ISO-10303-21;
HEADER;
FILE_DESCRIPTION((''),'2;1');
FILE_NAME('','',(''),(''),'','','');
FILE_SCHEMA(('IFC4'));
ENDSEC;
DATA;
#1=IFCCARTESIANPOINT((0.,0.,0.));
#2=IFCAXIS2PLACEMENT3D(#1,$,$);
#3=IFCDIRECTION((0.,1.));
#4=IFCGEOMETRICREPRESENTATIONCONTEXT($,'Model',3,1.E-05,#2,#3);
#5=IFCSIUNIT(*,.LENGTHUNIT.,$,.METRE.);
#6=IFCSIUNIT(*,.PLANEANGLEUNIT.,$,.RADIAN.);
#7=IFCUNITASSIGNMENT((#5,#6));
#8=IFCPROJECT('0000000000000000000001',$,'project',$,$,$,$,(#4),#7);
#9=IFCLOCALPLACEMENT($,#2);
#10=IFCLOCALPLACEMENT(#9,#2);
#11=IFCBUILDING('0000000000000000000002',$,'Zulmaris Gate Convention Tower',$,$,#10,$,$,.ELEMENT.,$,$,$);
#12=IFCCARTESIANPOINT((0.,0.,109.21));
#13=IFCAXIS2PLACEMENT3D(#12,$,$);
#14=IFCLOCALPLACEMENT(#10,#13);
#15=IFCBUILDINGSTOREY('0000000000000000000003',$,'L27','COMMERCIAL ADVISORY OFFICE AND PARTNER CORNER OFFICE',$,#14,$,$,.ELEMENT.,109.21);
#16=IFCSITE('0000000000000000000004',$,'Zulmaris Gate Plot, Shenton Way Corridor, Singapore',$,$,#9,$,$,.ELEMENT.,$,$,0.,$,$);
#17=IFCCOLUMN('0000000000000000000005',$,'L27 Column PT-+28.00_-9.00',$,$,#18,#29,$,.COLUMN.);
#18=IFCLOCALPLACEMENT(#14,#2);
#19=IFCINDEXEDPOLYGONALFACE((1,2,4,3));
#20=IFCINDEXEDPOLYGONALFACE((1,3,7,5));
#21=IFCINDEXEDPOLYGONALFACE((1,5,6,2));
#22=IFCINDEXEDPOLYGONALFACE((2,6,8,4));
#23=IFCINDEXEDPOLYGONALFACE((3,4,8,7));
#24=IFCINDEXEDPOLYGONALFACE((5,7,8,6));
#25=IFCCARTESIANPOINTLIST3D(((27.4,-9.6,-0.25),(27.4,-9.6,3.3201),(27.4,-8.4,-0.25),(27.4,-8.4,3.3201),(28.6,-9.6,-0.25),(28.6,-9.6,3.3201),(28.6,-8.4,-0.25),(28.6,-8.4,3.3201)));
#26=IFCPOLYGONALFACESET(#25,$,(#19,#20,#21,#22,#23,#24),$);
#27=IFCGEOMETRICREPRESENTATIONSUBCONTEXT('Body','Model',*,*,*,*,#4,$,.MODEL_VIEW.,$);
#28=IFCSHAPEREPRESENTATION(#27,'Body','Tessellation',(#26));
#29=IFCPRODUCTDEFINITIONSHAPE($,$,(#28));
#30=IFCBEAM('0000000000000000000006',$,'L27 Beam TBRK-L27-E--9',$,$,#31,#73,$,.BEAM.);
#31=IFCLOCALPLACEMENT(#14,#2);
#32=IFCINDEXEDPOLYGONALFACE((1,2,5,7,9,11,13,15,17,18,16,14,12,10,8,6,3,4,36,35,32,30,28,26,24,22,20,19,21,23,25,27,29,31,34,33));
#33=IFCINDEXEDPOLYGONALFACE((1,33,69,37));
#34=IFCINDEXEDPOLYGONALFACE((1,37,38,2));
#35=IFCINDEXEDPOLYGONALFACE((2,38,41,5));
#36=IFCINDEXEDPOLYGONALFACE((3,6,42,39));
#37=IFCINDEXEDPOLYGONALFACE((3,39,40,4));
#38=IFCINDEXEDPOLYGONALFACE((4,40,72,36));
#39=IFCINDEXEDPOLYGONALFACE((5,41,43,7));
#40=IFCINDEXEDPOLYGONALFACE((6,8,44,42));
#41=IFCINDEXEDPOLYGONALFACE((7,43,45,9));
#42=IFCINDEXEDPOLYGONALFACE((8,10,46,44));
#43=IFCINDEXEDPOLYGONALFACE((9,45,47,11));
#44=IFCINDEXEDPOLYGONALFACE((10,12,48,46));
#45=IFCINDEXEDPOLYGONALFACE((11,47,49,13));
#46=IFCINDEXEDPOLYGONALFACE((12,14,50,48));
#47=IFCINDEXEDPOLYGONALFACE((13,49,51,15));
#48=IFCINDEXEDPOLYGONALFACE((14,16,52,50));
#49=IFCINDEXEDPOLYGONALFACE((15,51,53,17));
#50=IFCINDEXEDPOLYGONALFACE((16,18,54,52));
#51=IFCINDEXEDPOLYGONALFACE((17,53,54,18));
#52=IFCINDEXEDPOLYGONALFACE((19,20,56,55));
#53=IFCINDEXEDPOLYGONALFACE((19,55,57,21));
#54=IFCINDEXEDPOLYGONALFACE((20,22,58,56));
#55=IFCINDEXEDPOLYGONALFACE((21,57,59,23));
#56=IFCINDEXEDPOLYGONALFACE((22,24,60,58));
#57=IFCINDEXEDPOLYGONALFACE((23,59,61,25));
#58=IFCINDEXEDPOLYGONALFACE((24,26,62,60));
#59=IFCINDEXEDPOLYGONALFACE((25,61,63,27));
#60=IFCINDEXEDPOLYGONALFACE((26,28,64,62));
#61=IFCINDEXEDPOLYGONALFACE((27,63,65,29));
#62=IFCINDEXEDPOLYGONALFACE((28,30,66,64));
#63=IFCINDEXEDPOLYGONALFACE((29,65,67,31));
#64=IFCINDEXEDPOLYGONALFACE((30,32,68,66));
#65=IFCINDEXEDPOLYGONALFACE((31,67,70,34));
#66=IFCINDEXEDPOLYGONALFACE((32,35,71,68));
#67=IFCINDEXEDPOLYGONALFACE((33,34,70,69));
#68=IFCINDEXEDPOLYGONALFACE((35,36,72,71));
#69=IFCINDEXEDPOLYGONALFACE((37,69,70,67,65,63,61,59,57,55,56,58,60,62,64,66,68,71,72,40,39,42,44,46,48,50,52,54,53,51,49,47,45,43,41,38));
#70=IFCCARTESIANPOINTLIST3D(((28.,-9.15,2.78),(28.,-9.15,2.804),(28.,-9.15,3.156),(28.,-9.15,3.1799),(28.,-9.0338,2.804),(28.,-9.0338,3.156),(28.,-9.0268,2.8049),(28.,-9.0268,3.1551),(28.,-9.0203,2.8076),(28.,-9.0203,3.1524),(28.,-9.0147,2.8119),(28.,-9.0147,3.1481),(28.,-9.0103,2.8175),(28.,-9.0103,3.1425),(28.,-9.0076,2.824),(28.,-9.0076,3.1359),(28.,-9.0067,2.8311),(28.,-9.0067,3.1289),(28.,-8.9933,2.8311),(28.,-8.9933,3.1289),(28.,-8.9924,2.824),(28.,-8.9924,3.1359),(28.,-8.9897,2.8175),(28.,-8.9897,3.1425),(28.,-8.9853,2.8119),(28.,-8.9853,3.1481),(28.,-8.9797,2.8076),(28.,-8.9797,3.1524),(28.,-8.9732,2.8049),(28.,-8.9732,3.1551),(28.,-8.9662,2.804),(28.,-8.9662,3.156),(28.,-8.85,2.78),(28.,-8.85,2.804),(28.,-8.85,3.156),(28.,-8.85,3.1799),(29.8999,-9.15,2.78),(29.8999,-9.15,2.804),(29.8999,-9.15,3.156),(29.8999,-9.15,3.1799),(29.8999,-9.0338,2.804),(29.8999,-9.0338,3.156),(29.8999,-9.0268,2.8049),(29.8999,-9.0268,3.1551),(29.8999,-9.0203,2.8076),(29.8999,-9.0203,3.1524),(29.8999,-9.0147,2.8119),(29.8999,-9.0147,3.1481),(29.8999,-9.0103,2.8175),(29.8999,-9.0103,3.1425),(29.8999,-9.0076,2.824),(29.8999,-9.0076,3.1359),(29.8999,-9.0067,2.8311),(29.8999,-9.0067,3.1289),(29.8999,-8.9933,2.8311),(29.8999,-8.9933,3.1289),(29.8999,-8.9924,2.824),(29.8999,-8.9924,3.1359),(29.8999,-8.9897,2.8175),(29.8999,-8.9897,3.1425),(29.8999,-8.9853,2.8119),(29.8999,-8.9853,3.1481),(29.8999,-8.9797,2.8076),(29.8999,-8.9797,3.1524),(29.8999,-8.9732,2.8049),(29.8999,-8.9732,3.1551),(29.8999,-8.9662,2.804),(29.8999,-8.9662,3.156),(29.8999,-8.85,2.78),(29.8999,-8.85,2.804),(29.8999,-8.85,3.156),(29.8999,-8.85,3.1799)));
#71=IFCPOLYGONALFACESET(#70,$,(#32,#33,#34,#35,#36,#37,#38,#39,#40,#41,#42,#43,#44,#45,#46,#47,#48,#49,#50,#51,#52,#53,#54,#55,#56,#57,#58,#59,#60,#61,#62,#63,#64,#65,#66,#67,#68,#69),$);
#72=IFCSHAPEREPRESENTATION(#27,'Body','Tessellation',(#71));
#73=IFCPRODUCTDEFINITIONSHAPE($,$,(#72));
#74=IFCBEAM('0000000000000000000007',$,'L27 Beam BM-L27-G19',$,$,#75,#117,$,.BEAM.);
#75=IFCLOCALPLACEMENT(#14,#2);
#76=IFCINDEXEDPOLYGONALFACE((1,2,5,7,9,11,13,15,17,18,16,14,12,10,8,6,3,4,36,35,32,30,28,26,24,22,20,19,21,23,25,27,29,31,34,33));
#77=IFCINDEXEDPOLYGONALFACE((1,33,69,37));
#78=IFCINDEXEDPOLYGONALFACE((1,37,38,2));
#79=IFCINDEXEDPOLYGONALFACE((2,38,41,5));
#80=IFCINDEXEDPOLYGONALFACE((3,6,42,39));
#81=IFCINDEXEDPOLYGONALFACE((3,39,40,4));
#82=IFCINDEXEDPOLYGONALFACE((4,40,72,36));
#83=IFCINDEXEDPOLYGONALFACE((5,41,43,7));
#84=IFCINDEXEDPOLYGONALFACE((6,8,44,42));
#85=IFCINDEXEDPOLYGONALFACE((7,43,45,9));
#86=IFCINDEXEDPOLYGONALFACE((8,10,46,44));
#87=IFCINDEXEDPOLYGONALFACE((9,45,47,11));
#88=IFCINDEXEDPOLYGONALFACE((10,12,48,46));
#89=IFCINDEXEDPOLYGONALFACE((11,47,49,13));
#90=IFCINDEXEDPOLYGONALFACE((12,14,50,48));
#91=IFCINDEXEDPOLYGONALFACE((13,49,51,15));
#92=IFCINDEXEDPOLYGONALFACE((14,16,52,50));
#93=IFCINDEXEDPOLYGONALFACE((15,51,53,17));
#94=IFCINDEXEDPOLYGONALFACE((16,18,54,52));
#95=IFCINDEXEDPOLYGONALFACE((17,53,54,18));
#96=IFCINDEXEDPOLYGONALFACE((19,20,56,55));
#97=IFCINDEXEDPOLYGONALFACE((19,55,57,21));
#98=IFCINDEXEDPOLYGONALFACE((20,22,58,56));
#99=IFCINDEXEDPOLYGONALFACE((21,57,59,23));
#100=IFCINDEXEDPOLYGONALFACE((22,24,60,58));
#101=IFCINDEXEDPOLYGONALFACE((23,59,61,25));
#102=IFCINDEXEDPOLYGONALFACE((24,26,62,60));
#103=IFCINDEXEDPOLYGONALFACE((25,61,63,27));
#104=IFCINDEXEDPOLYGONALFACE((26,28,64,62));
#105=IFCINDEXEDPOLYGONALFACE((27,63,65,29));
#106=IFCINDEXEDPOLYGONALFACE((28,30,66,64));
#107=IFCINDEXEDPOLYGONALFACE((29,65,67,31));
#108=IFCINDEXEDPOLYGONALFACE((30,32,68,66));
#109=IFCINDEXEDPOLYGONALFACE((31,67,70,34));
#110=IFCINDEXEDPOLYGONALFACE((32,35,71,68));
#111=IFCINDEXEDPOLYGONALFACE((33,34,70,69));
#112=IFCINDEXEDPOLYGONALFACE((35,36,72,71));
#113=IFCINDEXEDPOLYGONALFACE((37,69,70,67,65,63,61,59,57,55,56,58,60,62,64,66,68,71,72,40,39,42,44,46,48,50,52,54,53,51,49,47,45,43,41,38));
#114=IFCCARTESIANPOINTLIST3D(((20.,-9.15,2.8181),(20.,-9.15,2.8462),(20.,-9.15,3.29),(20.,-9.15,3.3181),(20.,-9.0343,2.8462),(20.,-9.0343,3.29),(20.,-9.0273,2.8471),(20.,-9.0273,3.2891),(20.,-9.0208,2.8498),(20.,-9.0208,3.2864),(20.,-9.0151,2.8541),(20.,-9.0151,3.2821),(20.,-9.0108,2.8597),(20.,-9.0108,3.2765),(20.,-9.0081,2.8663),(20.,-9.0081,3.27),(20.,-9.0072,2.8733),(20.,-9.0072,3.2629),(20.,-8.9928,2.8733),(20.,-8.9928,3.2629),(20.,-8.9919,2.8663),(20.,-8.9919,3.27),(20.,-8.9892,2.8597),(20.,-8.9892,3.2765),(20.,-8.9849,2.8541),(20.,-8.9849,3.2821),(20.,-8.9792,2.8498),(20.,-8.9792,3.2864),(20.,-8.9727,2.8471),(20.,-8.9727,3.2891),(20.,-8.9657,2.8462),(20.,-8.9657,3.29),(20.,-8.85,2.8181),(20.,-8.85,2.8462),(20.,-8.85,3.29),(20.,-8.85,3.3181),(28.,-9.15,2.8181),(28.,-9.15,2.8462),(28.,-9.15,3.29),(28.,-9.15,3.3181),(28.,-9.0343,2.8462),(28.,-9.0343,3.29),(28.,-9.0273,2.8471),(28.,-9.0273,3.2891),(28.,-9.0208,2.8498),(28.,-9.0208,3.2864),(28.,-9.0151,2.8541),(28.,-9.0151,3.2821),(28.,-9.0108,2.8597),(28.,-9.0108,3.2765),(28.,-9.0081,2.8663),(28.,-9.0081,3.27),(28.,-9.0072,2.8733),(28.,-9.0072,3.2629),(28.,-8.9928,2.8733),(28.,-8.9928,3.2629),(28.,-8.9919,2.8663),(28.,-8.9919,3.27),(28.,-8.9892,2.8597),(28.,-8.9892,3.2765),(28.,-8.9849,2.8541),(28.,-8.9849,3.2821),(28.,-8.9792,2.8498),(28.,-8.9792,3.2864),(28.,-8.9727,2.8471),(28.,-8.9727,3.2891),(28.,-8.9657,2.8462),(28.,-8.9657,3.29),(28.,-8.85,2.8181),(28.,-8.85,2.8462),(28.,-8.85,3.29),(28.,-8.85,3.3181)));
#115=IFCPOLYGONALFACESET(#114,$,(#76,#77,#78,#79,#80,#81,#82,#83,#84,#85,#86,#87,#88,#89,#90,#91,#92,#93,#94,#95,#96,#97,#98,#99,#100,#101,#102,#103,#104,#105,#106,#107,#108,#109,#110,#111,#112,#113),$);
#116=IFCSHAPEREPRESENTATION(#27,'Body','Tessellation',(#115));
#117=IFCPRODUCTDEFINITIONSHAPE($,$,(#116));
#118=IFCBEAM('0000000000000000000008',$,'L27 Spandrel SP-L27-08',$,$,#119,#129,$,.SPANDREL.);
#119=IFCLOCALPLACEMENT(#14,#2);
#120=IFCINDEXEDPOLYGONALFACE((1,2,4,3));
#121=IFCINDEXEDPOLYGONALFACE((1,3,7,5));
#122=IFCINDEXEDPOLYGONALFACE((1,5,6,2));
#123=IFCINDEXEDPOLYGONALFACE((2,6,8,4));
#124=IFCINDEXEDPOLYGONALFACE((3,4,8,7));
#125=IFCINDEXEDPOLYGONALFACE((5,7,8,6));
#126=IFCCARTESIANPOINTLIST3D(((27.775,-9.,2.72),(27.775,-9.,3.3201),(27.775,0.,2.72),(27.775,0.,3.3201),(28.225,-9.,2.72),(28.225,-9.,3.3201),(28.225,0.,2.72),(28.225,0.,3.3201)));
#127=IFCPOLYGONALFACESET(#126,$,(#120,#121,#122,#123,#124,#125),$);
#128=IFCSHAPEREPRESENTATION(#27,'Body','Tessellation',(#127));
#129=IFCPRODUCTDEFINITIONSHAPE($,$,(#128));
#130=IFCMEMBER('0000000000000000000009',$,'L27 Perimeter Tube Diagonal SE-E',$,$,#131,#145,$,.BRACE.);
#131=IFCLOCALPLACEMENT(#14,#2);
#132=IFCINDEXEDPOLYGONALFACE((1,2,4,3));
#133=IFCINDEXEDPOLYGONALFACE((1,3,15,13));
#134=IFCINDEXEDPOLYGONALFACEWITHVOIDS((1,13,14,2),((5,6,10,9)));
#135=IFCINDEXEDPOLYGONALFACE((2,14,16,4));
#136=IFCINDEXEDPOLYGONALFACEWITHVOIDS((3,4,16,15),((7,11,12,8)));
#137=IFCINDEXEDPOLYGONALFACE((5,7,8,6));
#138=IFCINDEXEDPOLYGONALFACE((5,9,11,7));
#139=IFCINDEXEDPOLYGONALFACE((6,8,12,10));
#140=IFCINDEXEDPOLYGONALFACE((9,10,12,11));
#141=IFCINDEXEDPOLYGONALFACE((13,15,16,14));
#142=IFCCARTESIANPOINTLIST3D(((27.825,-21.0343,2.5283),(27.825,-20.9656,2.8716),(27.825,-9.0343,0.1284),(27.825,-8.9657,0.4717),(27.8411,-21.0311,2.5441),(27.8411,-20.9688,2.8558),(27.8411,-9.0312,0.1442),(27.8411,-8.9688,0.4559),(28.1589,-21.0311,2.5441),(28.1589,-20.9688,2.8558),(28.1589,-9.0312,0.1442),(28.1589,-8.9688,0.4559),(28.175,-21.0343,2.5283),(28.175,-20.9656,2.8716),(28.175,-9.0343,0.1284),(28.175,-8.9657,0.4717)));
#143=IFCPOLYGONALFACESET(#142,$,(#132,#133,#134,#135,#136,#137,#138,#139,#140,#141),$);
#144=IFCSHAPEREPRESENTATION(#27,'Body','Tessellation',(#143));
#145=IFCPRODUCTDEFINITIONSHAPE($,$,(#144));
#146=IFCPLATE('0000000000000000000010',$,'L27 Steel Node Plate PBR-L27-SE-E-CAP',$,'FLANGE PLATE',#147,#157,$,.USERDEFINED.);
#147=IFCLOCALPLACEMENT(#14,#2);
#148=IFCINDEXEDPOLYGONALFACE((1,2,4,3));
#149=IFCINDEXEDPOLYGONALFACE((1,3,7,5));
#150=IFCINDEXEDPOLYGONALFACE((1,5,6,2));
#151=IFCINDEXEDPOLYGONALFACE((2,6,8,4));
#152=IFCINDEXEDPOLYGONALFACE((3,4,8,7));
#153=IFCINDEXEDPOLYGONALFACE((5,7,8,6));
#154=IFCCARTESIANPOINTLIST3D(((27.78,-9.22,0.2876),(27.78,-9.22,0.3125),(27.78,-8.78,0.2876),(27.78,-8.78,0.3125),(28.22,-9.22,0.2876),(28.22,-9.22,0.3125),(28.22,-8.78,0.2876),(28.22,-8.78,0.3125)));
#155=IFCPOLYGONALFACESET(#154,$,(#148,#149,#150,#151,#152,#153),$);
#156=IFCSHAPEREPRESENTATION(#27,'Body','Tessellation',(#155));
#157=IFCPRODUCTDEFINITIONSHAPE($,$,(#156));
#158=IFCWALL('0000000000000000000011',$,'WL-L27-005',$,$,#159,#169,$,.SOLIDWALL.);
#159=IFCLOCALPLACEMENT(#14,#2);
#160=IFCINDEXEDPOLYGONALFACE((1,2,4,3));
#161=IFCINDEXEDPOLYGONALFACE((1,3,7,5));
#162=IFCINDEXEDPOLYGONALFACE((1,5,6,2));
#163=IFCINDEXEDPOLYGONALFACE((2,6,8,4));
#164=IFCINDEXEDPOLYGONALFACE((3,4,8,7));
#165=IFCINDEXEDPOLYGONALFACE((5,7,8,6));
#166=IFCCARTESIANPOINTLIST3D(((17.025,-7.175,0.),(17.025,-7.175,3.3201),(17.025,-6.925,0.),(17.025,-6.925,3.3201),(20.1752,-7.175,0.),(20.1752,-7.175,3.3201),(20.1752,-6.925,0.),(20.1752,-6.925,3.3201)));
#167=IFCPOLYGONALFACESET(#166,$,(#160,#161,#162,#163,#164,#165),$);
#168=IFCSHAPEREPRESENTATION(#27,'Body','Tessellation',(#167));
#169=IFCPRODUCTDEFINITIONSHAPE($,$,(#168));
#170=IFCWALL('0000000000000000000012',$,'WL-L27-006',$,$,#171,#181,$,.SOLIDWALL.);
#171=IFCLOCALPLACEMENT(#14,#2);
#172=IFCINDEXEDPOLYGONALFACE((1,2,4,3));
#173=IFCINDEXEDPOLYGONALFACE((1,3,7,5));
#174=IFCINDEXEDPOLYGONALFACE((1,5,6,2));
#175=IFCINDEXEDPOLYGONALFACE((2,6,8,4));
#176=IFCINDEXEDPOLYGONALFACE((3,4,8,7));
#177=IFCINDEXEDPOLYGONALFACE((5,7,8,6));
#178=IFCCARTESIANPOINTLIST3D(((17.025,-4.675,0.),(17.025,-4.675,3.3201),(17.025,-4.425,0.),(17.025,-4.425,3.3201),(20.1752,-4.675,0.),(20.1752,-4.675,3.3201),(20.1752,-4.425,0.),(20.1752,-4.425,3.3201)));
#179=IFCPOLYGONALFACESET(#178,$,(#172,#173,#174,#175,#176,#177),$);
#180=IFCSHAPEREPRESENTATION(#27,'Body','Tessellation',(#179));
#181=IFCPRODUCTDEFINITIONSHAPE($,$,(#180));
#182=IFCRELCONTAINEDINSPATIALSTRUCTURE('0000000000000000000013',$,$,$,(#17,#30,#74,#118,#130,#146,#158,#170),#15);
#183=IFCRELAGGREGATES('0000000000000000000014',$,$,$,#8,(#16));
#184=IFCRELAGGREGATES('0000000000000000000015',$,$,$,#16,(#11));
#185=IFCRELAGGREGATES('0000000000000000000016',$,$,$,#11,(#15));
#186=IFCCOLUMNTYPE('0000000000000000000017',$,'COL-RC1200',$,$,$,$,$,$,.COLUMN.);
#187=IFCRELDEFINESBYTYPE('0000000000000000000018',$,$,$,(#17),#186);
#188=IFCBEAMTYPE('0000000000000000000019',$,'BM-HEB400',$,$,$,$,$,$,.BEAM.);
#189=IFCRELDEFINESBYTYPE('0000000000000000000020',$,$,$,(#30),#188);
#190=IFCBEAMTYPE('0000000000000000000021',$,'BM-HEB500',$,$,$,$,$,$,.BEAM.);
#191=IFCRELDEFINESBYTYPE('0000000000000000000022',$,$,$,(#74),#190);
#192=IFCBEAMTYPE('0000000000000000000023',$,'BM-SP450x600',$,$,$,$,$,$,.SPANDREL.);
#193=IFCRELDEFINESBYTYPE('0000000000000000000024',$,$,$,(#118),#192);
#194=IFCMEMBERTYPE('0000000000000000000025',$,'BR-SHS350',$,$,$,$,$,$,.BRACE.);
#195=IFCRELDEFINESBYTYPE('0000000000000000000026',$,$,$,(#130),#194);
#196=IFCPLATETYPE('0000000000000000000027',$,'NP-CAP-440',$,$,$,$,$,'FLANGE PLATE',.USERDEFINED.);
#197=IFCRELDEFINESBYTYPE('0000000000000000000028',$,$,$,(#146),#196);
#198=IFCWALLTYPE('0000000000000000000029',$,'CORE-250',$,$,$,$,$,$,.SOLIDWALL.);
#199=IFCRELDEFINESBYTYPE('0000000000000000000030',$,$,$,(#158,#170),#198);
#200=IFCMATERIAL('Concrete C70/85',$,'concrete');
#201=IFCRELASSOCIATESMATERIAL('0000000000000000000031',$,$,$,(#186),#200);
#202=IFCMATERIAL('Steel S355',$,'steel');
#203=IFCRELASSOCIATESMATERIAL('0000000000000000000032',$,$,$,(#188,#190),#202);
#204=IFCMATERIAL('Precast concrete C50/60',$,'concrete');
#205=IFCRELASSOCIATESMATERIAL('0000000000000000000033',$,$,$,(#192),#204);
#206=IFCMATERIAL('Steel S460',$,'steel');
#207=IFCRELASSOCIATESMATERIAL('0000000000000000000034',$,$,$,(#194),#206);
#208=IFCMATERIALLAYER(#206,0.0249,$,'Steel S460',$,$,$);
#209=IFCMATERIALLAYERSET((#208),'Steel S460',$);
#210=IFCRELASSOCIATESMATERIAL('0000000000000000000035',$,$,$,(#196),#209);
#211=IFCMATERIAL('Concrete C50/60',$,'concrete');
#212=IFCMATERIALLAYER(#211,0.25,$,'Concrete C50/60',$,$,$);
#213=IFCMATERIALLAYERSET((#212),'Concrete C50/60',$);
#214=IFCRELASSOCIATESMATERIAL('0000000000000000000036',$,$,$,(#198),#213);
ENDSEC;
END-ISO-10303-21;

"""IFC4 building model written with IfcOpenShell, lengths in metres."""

from ifc_helpers import new_model, si_unit, direction, frame, frame_2d, origin, origin_2d, place, context, subcontext, project, spatial, rectangle, hollow_rectangle, i_section, extrude, material, layer, layer_set, material_profile, profile_set, type_object, element, save


model = new_model("IFC4")

# Units and contexts
model_context = context("Model", 3, precision=1e-05, world=origin(), true_north=direction((0.0, 1.0)))
body_context = subcontext(model_context, "Body", "Model", "MODEL_VIEW")
ifc_project = project(units=[si_unit("LENGTHUNIT", "METRE"), si_unit("PLANEANGLEUNIT", "RADIAN")], contexts=[model_context])

# Site, building, storey
site_placement = place(None, origin())
site = spatial("IfcSite", under=ifc_project, at=site_placement, Name="Zulmaris Gate Plot, Shenton Way Corridor, Singapore", CompositionType="ELEMENT", RefElevation=0.0)
building_placement = place(site_placement, origin())
building = spatial("IfcBuilding", under=site, at=building_placement, Name="Zulmaris Gate Convention Tower", CompositionType="ELEMENT")
storey_placement = place(building_placement, frame((0.0, 0.0, 109.21)))
storey = spatial("IfcBuildingStorey", under=building, at=storey_placement, Name="L27", Description="COMMERCIAL ADVISORY OFFICE AND PARTNER CORNER OFFICE", CompositionType="ELEMENT", Elevation=109.21)

# Column
ifc_material_1 = material(Name="Concrete C70/85", Category="concrete")
ifc_material_profile_1 = material_profile(ifc_material_1, rectangle(XDim=1.2, YDim=1.2, at=origin_2d()), Name="RC COL 1200x1200")
ifc_profile_set_1 = profile_set([ifc_material_profile_1], Name="Concrete C70/85")
column_type = type_object("IfcColumnType", Name="COL-RC1200", PredefinedType="COLUMN", material=ifc_profile_set_1)
column_placement = place(storey_placement, frame((28.0, -9.0, -0.25), z_axis=(0.0, 0.0, 1.0), x_axis=(1.0, 0.0, 0.0)))
element("IfcColumn", 1, at=column_placement, inside=storey, type_object=column_type, Name="L27 Column PT-+28.00_-9.00", PredefinedType="COLUMN", context=body_context, shape_type="SweptSolid", body=[
    extrude(rectangle(XDim=1.2, YDim=1.2, at=origin_2d()), origin(), (0.0, 0.0, 1.0), 3.5701),
])

# Beams
ifc_material_2 = material(Name="Steel S355", Category="steel")
ifc_material_profile_2 = material_profile(ifc_material_2, i_section(OverallWidth=0.3, OverallDepth=0.3999, WebThickness=0.0134, FlangeThickness=0.0239, FilletRadius=0.0271, at=origin_2d()), Name="HEB 400")
ifc_profile_set_2 = profile_set([ifc_material_profile_2], Name="Steel S355")
beam_type_1 = type_object("IfcBeamType", Name="BM-HEB400", PredefinedType="BEAM", material=ifc_profile_set_2)
beam_1_placement = place(storey_placement, frame((28.0, -9.0, 2.98), z_axis=(1.0, 0.0, 0.0), x_axis=(0.0, 1.0, 0.0)))
element("IfcBeam", 2, at=beam_1_placement, inside=storey, type_object=beam_type_1, Name="L27 Beam TBRK-L27-E--9", PredefinedType="BEAM", context=body_context, shape_type="SweptSolid", body=[
    extrude(i_section(OverallWidth=0.3, OverallDepth=0.3999, WebThickness=0.0134, FlangeThickness=0.0239, FilletRadius=0.0271, at=origin_2d()), origin(), (0.0, 0.0, 1.0), 1.8999),
])
ifc_material_profile_3 = material_profile(ifc_material_2, i_section(OverallWidth=0.3, OverallDepth=0.5, WebThickness=0.0144, FlangeThickness=0.0281, FilletRadius=0.0271, at=origin_2d()), Name="HEB 500")
ifc_profile_set_3 = profile_set([ifc_material_profile_3], Name="Steel S355")
beam_type_2 = type_object("IfcBeamType", Name="BM-HEB500", PredefinedType="BEAM", material=ifc_profile_set_3)
beam_2_placement = place(storey_placement, frame((20.0, -9.0, 3.0681), z_axis=(1.0, 0.0, 0.0), x_axis=(0.0, 1.0, 0.0)))
element("IfcBeam", 3, at=beam_2_placement, inside=storey, type_object=beam_type_2, Name="L27 Beam BM-L27-G19", PredefinedType="BEAM", context=body_context, shape_type="SweptSolid", body=[
    extrude(i_section(OverallWidth=0.3, OverallDepth=0.5, WebThickness=0.0144, FlangeThickness=0.0281, FilletRadius=0.0271, at=origin_2d()), origin(), (0.0, 0.0, 1.0), 8.0),
])
ifc_material_3 = material(Name="Precast concrete C50/60", Category="concrete")
ifc_material_profile_4 = material_profile(ifc_material_3, rectangle(XDim=0.45, YDim=0.6001, at=origin_2d()), Name="RC SPANDREL 450x600")
ifc_profile_set_4 = profile_set([ifc_material_profile_4], Name="Precast concrete C50/60")
beam_type_3 = type_object("IfcBeamType", Name="BM-SP450x600", PredefinedType="SPANDREL", material=ifc_profile_set_4)
beam_3_placement = place(storey_placement, frame((28.0, -9.0, 3.02), z_axis=(0.0, 1.0, 0.0), x_axis=(-1.0, 0.0, 0.0)))
element("IfcBeam", 4, at=beam_3_placement, inside=storey, type_object=beam_type_3, Name="L27 Spandrel SP-L27-08", PredefinedType="SPANDREL", context=body_context, shape_type="SweptSolid", body=[
    extrude(rectangle(XDim=0.45, YDim=0.6001, at=origin_2d()), origin(), (0.0, 0.0, 1.0), 9.0),
])

# Member
ifc_material_4 = material(Name="Steel S460", Category="steel")
ifc_material_profile_5 = material_profile(ifc_material_4, hollow_rectangle(XDim=0.3501, YDim=0.3501, WallThickness=0.0161, at=origin_2d()), Name="SHS 350x350x16")
ifc_profile_set_5 = profile_set([ifc_material_profile_5], Name="Steel S460")
member_type = type_object("IfcMemberType", Name="BR-SHS350", PredefinedType="BRACE", material=ifc_profile_set_5)
member_placement = place(storey_placement, frame((28.0, -9.0, 0.3), z_axis=(0.0, -0.980582, 0.196108), x_axis=(1.0, 0.0, 0.0)))
element("IfcMember", 5, at=member_placement, inside=storey, type_object=member_type, Name="L27 Perimeter Tube Diagonal SE-E", PredefinedType="BRACE", context=body_context, shape_type="SweptSolid", body=[
    extrude(hollow_rectangle(XDim=0.3501, YDim=0.3501, WallThickness=0.0161, at=origin_2d()), origin(), (0.0, 0.0, 1.0), 12.2375),
])

# Plate
ifc_layer_1 = layer(ifc_material_4, 0.0249, Name="Steel S460")
ifc_layer_set_1 = layer_set([ifc_layer_1], Name="Steel S460")
plate_type = type_object("IfcPlateType", Name="NP-CAP-440", ElementType="FLANGE PLATE", PredefinedType="USERDEFINED", material=ifc_layer_set_1)
plate_placement = place(storey_placement, frame((28.0, -9.0, 0.2876), z_axis=(0.0, 0.0, 1.0), x_axis=(1.0, 0.0, 0.0)))
element("IfcPlate", 6, at=plate_placement, inside=storey, type_object=plate_type, Name="L27 Steel Node Plate PBR-L27-SE-E-CAP", ObjectType="FLANGE PLATE", PredefinedType="USERDEFINED", context=body_context, shape_type="SweptSolid", body=[
    extrude(rectangle(XDim=0.4399, YDim=0.4399, at=origin_2d()), origin(), (0.0, 0.0, 1.0), 0.0249),
])

# Walls
ifc_material_5 = material(Name="Concrete C50/60", Category="concrete")
ifc_layer_2 = layer(ifc_material_5, 0.25, Name="Concrete C50/60")
ifc_layer_set_2 = layer_set([ifc_layer_2], Name="Concrete C50/60")
wall_type_1 = type_object("IfcWallType", Name="CORE-250", PredefinedType="SOLIDWALL", material=ifc_layer_set_2)
for number, where, z_axis, x_axis, name in (
    (7, (17.0249, -7.05, 0.0), (0.0, 0.0, 1.0), (1.0, 0.0, 0.0), "WL-L27-005"),
    (8, (17.0249, -4.55, 0.0), (0.0, 0.0, 1.0), (1.0, 0.0, 0.0), "WL-L27-006"),
):
    element("IfcWall", number, at=place(storey_placement, frame(where, z_axis=z_axis, x_axis=x_axis)), inside=storey, type_object=wall_type_1, Name=name, PredefinedType="SOLIDWALL", context=body_context, shape_type="SweptSolid", body=[
        extrude(rectangle(XDim=3.1501, YDim=0.25, at=frame_2d((1.5752, 0.0))), origin(), (0.0, 0.0, 1.0), 3.3201),
    ])

save(model, "model.ifc")
